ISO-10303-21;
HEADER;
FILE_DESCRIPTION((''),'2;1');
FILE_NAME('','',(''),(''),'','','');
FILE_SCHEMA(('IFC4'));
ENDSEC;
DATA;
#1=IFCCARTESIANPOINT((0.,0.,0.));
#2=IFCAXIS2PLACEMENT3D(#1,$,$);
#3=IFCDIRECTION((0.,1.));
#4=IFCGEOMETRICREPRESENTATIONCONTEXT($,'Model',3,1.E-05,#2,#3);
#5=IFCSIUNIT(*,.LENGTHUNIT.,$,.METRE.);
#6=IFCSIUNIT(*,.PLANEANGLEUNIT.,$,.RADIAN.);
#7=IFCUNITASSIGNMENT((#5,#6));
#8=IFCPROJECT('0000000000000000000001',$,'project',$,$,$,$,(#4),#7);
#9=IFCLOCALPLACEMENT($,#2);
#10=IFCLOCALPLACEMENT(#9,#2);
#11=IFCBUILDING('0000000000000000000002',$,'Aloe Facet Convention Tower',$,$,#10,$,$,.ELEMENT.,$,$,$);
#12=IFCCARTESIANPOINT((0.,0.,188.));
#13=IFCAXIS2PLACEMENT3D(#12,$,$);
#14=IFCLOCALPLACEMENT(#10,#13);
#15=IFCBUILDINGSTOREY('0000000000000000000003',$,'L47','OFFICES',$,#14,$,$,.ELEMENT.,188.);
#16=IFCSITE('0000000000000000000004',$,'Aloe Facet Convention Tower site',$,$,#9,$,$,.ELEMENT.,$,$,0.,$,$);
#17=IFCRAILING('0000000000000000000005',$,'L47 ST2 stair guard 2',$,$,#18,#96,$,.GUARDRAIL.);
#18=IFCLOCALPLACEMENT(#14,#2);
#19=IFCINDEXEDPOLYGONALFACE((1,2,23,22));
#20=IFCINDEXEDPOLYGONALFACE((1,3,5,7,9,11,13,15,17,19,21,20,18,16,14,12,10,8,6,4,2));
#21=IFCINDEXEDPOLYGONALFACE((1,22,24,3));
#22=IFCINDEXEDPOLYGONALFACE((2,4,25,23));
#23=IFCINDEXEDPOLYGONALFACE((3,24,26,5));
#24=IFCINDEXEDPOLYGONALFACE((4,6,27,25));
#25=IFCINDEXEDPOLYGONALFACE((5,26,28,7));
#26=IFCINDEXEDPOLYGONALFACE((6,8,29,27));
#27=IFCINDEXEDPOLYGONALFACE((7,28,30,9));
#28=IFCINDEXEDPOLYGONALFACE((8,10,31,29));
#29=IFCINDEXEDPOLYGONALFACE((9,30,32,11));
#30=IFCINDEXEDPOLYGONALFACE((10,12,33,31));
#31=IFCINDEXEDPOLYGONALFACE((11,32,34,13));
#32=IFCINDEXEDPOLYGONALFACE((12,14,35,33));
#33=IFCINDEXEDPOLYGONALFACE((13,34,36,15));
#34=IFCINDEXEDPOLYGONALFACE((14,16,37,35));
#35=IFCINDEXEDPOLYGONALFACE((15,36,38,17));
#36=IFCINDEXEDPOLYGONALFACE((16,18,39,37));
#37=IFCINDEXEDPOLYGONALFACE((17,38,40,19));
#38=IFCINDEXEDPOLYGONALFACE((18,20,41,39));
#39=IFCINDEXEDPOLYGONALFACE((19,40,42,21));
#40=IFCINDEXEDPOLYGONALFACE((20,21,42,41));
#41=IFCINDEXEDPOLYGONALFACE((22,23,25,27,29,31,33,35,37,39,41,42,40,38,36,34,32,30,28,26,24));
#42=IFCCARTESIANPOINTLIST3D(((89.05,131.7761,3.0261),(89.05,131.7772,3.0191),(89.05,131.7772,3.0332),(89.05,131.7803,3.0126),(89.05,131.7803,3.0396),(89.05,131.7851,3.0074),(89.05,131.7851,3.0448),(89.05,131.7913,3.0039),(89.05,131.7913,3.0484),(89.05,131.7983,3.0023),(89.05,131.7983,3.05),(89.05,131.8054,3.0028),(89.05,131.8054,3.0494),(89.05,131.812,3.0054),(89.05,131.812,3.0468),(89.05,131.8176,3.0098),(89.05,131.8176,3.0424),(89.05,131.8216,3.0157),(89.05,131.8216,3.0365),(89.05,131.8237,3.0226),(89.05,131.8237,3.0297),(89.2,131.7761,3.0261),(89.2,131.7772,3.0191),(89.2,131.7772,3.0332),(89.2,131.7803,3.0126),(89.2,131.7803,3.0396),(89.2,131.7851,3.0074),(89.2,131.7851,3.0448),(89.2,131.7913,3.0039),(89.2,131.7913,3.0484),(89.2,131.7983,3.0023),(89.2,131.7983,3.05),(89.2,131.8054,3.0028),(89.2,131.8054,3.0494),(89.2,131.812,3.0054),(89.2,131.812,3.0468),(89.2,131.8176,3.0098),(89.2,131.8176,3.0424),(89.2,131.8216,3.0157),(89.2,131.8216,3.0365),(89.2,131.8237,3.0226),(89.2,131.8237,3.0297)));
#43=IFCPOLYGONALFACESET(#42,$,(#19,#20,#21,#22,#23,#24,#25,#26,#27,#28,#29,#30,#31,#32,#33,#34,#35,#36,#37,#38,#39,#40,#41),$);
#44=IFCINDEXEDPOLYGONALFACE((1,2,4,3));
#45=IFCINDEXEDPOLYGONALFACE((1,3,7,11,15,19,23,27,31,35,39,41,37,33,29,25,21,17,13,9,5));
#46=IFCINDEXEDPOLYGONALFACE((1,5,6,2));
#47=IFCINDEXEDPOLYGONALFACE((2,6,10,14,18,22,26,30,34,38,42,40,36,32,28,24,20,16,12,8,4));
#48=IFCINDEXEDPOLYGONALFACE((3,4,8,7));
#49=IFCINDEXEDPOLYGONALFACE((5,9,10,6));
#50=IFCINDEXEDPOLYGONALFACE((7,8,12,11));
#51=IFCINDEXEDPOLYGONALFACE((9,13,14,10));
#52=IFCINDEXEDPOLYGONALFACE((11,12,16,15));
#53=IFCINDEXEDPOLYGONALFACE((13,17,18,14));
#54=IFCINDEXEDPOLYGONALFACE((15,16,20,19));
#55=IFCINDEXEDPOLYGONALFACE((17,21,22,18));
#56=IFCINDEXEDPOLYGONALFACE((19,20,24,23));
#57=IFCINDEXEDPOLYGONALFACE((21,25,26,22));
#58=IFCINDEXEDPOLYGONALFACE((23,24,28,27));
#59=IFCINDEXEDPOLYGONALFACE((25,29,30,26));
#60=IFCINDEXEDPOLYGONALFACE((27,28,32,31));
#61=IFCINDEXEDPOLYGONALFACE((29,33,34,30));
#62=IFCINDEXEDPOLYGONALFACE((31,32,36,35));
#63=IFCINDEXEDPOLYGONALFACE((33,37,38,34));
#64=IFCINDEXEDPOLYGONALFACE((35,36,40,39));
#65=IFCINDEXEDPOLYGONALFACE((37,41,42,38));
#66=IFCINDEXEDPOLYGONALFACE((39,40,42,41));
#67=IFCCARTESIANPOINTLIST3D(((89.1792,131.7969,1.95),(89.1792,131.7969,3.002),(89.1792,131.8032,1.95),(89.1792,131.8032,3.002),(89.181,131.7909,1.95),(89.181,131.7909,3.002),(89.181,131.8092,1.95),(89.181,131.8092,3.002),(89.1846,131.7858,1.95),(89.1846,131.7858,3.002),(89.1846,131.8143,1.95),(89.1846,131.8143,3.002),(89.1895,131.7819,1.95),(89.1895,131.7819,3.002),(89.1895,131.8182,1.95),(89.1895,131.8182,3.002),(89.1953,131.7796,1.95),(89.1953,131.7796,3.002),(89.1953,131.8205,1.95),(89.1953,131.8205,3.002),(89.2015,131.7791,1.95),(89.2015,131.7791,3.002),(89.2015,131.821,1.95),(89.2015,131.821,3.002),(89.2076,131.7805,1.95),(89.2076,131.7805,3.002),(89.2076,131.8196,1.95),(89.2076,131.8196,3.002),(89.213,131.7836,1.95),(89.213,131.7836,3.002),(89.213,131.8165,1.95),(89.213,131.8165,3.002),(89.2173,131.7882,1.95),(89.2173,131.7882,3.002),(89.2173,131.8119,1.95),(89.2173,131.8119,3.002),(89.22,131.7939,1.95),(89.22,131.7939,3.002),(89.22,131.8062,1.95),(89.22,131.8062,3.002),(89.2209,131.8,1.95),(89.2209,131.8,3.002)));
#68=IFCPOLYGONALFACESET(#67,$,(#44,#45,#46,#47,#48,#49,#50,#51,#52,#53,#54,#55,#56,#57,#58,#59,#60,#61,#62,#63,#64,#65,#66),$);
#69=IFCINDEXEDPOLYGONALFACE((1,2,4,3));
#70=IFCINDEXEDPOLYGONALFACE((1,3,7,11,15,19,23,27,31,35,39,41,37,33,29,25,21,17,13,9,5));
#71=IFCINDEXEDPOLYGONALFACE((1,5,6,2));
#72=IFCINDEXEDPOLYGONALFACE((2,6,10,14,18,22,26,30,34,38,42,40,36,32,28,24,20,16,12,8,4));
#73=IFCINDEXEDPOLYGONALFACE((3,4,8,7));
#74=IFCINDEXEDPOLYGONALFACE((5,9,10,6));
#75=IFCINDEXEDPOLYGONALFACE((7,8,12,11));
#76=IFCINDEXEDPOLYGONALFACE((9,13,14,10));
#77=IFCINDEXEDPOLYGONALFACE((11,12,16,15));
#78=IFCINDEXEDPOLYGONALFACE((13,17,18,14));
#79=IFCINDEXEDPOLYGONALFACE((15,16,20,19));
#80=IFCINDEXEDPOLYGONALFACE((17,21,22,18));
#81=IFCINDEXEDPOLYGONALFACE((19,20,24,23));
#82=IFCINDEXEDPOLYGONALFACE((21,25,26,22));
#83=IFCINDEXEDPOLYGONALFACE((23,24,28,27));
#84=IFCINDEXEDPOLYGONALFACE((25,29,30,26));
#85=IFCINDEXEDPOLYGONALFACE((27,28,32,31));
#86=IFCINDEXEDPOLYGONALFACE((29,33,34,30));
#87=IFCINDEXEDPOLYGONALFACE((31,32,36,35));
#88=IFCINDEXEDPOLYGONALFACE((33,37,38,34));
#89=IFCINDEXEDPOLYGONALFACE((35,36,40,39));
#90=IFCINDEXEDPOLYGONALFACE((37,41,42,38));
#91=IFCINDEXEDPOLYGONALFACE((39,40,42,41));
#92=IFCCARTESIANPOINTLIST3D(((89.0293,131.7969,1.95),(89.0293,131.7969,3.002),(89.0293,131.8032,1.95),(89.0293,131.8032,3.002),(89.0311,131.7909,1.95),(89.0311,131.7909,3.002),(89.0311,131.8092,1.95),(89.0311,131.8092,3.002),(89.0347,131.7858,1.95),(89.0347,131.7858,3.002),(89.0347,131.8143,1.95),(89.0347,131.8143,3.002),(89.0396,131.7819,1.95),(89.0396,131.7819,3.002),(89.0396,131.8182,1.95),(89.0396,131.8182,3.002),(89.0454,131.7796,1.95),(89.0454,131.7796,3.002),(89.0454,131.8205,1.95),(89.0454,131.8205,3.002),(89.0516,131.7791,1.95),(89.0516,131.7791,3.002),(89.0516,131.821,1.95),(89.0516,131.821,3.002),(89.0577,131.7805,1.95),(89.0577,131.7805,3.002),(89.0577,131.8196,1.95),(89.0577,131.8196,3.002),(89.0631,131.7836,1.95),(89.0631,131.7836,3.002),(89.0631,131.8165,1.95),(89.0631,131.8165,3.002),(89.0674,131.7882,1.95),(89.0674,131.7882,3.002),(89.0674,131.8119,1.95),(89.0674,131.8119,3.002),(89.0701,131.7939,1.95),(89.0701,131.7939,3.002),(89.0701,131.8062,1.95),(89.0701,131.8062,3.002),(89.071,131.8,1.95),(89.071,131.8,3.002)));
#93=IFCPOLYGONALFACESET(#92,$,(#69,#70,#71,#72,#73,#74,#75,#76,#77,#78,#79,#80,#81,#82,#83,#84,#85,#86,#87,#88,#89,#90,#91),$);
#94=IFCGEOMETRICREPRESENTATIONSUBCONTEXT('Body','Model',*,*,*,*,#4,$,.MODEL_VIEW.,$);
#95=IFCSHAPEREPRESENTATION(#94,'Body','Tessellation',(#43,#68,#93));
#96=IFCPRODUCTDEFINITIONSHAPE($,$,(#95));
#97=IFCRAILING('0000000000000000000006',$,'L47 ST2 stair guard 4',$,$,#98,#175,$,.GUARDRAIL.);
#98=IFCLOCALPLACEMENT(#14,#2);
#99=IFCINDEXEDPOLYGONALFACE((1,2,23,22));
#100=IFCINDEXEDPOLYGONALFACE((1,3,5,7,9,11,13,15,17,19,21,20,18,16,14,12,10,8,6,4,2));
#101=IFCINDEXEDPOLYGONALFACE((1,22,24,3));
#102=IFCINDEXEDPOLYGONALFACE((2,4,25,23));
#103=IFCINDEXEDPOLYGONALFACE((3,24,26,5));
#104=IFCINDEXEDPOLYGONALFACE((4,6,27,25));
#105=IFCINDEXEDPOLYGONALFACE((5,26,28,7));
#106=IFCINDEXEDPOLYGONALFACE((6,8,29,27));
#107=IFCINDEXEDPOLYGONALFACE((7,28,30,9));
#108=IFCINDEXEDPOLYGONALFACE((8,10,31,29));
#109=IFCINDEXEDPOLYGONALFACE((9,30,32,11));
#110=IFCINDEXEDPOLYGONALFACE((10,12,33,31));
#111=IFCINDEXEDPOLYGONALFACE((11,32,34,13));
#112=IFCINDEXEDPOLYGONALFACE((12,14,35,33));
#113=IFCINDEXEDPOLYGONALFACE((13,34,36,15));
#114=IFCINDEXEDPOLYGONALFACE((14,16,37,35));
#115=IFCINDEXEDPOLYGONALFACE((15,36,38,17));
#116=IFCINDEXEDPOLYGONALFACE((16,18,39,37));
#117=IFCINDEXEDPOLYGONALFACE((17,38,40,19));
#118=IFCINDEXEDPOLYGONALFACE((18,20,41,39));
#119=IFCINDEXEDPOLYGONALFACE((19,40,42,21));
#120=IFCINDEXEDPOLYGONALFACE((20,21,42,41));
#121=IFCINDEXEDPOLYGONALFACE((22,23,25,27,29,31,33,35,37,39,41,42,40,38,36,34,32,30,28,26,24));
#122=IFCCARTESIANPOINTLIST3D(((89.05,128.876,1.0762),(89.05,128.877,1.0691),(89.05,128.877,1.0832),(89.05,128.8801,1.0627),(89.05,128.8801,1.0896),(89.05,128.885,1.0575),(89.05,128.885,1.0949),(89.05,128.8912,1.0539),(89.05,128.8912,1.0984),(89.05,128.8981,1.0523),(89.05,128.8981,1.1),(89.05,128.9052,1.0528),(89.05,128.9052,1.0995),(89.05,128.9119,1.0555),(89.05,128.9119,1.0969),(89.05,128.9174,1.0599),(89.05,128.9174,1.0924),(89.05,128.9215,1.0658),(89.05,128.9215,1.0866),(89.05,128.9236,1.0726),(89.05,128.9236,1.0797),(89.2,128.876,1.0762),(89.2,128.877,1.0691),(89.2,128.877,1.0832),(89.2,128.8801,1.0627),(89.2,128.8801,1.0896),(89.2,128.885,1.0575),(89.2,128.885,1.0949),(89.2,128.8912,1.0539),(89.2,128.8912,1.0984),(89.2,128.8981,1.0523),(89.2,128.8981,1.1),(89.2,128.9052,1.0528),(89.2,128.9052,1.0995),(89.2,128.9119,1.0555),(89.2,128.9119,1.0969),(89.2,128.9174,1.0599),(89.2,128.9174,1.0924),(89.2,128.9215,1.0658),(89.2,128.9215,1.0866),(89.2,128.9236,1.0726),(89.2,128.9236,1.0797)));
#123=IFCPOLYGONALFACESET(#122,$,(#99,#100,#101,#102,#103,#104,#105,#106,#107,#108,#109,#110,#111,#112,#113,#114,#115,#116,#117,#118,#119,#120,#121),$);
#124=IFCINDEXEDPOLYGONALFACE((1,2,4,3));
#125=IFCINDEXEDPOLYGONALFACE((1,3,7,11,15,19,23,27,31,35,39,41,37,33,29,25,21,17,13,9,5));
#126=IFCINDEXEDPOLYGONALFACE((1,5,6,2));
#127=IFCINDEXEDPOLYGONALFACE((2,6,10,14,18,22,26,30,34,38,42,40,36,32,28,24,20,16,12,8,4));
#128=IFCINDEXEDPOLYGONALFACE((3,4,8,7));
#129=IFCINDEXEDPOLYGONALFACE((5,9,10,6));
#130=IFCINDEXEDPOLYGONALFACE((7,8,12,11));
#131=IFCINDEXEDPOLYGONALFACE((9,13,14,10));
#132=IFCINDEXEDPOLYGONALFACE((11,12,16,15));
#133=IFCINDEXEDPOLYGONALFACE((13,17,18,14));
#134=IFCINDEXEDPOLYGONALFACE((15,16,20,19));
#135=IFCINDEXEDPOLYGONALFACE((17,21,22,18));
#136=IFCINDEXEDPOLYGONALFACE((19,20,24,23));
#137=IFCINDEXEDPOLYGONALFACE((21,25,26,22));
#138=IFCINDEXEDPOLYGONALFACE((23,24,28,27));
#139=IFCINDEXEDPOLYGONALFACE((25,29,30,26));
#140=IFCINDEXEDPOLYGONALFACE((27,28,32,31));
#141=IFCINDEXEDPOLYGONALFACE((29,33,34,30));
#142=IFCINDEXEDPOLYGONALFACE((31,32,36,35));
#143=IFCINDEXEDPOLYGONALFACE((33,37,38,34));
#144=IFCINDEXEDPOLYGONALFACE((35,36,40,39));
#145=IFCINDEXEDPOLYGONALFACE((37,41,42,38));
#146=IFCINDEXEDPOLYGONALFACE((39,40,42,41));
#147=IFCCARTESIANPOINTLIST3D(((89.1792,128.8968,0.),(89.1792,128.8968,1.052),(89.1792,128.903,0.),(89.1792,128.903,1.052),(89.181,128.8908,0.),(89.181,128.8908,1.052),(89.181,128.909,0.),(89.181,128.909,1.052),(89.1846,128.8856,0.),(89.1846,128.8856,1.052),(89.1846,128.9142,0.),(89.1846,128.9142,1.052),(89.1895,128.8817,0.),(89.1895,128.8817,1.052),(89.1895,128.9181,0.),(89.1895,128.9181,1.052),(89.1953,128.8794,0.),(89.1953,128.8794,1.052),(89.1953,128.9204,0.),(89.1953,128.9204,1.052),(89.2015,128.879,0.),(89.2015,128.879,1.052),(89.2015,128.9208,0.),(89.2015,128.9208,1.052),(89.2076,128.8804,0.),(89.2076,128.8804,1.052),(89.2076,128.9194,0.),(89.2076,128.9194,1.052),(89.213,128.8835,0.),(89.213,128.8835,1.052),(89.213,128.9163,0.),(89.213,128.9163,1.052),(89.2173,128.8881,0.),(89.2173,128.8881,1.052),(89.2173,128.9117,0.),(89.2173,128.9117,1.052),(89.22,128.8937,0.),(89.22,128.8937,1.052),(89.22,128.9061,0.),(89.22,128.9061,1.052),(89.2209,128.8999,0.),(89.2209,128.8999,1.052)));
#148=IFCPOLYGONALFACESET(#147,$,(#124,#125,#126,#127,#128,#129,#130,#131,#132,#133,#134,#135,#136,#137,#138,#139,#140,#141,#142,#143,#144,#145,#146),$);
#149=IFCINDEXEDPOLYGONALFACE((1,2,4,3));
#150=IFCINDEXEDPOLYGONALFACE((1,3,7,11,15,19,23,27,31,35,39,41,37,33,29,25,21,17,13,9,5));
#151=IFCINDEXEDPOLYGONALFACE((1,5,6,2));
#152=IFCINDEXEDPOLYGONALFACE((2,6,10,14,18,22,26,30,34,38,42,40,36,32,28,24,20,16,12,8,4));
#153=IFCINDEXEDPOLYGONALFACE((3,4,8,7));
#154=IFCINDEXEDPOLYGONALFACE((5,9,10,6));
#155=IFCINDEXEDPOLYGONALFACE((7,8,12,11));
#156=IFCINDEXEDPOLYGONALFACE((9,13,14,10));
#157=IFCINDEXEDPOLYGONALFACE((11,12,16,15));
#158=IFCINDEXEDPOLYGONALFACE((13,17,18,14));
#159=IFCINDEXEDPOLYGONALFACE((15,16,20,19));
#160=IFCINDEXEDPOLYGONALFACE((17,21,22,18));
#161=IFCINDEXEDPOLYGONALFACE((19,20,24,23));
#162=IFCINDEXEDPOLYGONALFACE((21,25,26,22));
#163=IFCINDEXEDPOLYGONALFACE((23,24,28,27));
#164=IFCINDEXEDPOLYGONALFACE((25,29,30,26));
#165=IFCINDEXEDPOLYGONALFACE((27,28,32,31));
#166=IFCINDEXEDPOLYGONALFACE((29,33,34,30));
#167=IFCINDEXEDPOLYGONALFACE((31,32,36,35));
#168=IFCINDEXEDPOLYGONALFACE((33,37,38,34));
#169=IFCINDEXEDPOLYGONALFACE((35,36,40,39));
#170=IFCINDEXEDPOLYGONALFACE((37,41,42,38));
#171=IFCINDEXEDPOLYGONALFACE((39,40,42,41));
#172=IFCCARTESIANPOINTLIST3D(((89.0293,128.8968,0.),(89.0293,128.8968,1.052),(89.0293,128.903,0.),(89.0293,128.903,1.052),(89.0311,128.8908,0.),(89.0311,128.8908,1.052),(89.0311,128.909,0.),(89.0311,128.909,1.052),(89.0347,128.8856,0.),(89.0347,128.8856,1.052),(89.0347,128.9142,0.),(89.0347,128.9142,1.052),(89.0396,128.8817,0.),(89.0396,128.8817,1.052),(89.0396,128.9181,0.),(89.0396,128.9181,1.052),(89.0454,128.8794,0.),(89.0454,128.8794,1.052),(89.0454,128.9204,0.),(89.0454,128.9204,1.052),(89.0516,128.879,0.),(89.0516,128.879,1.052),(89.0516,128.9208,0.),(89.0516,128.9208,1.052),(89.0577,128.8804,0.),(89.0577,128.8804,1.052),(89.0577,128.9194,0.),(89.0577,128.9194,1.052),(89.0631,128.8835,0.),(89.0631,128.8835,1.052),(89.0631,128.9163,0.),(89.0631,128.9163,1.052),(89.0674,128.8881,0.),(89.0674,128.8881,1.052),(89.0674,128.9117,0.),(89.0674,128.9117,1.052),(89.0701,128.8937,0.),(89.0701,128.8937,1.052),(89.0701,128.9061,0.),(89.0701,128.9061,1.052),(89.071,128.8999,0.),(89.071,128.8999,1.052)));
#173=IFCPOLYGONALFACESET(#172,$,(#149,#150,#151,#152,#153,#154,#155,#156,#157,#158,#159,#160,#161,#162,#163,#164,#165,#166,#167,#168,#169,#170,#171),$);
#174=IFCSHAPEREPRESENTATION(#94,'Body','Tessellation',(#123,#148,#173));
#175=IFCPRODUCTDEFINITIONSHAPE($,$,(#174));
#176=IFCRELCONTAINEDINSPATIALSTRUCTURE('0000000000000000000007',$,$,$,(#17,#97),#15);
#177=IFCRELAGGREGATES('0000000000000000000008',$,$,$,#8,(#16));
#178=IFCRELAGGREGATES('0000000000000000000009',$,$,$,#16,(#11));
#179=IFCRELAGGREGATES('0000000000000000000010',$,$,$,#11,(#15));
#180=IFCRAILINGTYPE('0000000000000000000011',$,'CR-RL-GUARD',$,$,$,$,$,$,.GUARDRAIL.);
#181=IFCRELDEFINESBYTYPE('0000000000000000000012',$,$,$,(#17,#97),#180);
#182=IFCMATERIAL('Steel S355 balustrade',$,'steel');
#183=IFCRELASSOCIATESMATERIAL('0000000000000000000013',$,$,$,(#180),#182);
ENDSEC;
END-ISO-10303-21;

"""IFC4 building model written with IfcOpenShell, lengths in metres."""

from ifc_helpers import new_model, si_unit, direction, frame, origin, origin_2d, place, context, subcontext, project, spatial, circle, extrude, material, type_object, element, save


model = new_model("IFC4")

# Units and contexts
model_context = context("Model", 3, precision=1e-05, world=origin(), true_north=direction((0.0, 1.0)))
body_context = subcontext(model_context, "Body", "Model", "MODEL_VIEW")
ifc_project = project(units=[si_unit("LENGTHUNIT", "METRE"), si_unit("PLANEANGLEUNIT", "RADIAN")], contexts=[model_context])

# Site, building, storey
site_placement = place(None, origin())
site = spatial("IfcSite", under=ifc_project, at=site_placement, Name="Aloe Facet Convention Tower site", CompositionType="ELEMENT", RefElevation=0.0)
building_placement = place(site_placement, origin())
building = spatial("IfcBuilding", under=site, at=building_placement, Name="Aloe Facet Convention Tower", CompositionType="ELEMENT")
storey_placement = place(building_placement, frame((0.0, 0.0, 188.0)))
storey = spatial("IfcBuildingStorey", under=building, at=storey_placement, Name="L47", Description="OFFICES", CompositionType="ELEMENT", Elevation=188.0)

# Railings
ifc_material_1 = material(Name="Steel S355 balustrade", Category="steel")
railing_type_1 = type_object("IfcRailingType", Name="CR-RL-GUARD", PredefinedType="GUARDRAIL", material=ifc_material_1)
for number, where, name in (
    (1, (89.2, 131.8, 1.95), "L47 ST2 stair guard 2"),
    (2, (89.2, 128.8999, 0.0), "L47 ST2 stair guard 4"),
):
    element("IfcRailing", number, at=place(storey_placement, frame(where)), inside=storey, type_object=railing_type_1, Name=name, PredefinedType="GUARDRAIL", context=body_context, shape_type="SweptSolid", body=[
        extrude(circle(Radius=0.0239, at=origin_2d()), frame((0.0, 0.0, 1.0762), z_axis=(-1.0, 0.0, 0.0), x_axis=(0.0, -1.0, 0.0)), (0.0, 0.0, 1.0), 0.1499),
        extrude(circle(Radius=0.021, at=origin_2d()), origin(), (0.0, 0.0, 1.0), 1.052),
        extrude(circle(Radius=0.021, at=origin_2d()), frame((-0.1499, 0.0, 0.0)), (0.0, 0.0, 1.0), 1.052),
    ])

save(model, "model.ifc")
